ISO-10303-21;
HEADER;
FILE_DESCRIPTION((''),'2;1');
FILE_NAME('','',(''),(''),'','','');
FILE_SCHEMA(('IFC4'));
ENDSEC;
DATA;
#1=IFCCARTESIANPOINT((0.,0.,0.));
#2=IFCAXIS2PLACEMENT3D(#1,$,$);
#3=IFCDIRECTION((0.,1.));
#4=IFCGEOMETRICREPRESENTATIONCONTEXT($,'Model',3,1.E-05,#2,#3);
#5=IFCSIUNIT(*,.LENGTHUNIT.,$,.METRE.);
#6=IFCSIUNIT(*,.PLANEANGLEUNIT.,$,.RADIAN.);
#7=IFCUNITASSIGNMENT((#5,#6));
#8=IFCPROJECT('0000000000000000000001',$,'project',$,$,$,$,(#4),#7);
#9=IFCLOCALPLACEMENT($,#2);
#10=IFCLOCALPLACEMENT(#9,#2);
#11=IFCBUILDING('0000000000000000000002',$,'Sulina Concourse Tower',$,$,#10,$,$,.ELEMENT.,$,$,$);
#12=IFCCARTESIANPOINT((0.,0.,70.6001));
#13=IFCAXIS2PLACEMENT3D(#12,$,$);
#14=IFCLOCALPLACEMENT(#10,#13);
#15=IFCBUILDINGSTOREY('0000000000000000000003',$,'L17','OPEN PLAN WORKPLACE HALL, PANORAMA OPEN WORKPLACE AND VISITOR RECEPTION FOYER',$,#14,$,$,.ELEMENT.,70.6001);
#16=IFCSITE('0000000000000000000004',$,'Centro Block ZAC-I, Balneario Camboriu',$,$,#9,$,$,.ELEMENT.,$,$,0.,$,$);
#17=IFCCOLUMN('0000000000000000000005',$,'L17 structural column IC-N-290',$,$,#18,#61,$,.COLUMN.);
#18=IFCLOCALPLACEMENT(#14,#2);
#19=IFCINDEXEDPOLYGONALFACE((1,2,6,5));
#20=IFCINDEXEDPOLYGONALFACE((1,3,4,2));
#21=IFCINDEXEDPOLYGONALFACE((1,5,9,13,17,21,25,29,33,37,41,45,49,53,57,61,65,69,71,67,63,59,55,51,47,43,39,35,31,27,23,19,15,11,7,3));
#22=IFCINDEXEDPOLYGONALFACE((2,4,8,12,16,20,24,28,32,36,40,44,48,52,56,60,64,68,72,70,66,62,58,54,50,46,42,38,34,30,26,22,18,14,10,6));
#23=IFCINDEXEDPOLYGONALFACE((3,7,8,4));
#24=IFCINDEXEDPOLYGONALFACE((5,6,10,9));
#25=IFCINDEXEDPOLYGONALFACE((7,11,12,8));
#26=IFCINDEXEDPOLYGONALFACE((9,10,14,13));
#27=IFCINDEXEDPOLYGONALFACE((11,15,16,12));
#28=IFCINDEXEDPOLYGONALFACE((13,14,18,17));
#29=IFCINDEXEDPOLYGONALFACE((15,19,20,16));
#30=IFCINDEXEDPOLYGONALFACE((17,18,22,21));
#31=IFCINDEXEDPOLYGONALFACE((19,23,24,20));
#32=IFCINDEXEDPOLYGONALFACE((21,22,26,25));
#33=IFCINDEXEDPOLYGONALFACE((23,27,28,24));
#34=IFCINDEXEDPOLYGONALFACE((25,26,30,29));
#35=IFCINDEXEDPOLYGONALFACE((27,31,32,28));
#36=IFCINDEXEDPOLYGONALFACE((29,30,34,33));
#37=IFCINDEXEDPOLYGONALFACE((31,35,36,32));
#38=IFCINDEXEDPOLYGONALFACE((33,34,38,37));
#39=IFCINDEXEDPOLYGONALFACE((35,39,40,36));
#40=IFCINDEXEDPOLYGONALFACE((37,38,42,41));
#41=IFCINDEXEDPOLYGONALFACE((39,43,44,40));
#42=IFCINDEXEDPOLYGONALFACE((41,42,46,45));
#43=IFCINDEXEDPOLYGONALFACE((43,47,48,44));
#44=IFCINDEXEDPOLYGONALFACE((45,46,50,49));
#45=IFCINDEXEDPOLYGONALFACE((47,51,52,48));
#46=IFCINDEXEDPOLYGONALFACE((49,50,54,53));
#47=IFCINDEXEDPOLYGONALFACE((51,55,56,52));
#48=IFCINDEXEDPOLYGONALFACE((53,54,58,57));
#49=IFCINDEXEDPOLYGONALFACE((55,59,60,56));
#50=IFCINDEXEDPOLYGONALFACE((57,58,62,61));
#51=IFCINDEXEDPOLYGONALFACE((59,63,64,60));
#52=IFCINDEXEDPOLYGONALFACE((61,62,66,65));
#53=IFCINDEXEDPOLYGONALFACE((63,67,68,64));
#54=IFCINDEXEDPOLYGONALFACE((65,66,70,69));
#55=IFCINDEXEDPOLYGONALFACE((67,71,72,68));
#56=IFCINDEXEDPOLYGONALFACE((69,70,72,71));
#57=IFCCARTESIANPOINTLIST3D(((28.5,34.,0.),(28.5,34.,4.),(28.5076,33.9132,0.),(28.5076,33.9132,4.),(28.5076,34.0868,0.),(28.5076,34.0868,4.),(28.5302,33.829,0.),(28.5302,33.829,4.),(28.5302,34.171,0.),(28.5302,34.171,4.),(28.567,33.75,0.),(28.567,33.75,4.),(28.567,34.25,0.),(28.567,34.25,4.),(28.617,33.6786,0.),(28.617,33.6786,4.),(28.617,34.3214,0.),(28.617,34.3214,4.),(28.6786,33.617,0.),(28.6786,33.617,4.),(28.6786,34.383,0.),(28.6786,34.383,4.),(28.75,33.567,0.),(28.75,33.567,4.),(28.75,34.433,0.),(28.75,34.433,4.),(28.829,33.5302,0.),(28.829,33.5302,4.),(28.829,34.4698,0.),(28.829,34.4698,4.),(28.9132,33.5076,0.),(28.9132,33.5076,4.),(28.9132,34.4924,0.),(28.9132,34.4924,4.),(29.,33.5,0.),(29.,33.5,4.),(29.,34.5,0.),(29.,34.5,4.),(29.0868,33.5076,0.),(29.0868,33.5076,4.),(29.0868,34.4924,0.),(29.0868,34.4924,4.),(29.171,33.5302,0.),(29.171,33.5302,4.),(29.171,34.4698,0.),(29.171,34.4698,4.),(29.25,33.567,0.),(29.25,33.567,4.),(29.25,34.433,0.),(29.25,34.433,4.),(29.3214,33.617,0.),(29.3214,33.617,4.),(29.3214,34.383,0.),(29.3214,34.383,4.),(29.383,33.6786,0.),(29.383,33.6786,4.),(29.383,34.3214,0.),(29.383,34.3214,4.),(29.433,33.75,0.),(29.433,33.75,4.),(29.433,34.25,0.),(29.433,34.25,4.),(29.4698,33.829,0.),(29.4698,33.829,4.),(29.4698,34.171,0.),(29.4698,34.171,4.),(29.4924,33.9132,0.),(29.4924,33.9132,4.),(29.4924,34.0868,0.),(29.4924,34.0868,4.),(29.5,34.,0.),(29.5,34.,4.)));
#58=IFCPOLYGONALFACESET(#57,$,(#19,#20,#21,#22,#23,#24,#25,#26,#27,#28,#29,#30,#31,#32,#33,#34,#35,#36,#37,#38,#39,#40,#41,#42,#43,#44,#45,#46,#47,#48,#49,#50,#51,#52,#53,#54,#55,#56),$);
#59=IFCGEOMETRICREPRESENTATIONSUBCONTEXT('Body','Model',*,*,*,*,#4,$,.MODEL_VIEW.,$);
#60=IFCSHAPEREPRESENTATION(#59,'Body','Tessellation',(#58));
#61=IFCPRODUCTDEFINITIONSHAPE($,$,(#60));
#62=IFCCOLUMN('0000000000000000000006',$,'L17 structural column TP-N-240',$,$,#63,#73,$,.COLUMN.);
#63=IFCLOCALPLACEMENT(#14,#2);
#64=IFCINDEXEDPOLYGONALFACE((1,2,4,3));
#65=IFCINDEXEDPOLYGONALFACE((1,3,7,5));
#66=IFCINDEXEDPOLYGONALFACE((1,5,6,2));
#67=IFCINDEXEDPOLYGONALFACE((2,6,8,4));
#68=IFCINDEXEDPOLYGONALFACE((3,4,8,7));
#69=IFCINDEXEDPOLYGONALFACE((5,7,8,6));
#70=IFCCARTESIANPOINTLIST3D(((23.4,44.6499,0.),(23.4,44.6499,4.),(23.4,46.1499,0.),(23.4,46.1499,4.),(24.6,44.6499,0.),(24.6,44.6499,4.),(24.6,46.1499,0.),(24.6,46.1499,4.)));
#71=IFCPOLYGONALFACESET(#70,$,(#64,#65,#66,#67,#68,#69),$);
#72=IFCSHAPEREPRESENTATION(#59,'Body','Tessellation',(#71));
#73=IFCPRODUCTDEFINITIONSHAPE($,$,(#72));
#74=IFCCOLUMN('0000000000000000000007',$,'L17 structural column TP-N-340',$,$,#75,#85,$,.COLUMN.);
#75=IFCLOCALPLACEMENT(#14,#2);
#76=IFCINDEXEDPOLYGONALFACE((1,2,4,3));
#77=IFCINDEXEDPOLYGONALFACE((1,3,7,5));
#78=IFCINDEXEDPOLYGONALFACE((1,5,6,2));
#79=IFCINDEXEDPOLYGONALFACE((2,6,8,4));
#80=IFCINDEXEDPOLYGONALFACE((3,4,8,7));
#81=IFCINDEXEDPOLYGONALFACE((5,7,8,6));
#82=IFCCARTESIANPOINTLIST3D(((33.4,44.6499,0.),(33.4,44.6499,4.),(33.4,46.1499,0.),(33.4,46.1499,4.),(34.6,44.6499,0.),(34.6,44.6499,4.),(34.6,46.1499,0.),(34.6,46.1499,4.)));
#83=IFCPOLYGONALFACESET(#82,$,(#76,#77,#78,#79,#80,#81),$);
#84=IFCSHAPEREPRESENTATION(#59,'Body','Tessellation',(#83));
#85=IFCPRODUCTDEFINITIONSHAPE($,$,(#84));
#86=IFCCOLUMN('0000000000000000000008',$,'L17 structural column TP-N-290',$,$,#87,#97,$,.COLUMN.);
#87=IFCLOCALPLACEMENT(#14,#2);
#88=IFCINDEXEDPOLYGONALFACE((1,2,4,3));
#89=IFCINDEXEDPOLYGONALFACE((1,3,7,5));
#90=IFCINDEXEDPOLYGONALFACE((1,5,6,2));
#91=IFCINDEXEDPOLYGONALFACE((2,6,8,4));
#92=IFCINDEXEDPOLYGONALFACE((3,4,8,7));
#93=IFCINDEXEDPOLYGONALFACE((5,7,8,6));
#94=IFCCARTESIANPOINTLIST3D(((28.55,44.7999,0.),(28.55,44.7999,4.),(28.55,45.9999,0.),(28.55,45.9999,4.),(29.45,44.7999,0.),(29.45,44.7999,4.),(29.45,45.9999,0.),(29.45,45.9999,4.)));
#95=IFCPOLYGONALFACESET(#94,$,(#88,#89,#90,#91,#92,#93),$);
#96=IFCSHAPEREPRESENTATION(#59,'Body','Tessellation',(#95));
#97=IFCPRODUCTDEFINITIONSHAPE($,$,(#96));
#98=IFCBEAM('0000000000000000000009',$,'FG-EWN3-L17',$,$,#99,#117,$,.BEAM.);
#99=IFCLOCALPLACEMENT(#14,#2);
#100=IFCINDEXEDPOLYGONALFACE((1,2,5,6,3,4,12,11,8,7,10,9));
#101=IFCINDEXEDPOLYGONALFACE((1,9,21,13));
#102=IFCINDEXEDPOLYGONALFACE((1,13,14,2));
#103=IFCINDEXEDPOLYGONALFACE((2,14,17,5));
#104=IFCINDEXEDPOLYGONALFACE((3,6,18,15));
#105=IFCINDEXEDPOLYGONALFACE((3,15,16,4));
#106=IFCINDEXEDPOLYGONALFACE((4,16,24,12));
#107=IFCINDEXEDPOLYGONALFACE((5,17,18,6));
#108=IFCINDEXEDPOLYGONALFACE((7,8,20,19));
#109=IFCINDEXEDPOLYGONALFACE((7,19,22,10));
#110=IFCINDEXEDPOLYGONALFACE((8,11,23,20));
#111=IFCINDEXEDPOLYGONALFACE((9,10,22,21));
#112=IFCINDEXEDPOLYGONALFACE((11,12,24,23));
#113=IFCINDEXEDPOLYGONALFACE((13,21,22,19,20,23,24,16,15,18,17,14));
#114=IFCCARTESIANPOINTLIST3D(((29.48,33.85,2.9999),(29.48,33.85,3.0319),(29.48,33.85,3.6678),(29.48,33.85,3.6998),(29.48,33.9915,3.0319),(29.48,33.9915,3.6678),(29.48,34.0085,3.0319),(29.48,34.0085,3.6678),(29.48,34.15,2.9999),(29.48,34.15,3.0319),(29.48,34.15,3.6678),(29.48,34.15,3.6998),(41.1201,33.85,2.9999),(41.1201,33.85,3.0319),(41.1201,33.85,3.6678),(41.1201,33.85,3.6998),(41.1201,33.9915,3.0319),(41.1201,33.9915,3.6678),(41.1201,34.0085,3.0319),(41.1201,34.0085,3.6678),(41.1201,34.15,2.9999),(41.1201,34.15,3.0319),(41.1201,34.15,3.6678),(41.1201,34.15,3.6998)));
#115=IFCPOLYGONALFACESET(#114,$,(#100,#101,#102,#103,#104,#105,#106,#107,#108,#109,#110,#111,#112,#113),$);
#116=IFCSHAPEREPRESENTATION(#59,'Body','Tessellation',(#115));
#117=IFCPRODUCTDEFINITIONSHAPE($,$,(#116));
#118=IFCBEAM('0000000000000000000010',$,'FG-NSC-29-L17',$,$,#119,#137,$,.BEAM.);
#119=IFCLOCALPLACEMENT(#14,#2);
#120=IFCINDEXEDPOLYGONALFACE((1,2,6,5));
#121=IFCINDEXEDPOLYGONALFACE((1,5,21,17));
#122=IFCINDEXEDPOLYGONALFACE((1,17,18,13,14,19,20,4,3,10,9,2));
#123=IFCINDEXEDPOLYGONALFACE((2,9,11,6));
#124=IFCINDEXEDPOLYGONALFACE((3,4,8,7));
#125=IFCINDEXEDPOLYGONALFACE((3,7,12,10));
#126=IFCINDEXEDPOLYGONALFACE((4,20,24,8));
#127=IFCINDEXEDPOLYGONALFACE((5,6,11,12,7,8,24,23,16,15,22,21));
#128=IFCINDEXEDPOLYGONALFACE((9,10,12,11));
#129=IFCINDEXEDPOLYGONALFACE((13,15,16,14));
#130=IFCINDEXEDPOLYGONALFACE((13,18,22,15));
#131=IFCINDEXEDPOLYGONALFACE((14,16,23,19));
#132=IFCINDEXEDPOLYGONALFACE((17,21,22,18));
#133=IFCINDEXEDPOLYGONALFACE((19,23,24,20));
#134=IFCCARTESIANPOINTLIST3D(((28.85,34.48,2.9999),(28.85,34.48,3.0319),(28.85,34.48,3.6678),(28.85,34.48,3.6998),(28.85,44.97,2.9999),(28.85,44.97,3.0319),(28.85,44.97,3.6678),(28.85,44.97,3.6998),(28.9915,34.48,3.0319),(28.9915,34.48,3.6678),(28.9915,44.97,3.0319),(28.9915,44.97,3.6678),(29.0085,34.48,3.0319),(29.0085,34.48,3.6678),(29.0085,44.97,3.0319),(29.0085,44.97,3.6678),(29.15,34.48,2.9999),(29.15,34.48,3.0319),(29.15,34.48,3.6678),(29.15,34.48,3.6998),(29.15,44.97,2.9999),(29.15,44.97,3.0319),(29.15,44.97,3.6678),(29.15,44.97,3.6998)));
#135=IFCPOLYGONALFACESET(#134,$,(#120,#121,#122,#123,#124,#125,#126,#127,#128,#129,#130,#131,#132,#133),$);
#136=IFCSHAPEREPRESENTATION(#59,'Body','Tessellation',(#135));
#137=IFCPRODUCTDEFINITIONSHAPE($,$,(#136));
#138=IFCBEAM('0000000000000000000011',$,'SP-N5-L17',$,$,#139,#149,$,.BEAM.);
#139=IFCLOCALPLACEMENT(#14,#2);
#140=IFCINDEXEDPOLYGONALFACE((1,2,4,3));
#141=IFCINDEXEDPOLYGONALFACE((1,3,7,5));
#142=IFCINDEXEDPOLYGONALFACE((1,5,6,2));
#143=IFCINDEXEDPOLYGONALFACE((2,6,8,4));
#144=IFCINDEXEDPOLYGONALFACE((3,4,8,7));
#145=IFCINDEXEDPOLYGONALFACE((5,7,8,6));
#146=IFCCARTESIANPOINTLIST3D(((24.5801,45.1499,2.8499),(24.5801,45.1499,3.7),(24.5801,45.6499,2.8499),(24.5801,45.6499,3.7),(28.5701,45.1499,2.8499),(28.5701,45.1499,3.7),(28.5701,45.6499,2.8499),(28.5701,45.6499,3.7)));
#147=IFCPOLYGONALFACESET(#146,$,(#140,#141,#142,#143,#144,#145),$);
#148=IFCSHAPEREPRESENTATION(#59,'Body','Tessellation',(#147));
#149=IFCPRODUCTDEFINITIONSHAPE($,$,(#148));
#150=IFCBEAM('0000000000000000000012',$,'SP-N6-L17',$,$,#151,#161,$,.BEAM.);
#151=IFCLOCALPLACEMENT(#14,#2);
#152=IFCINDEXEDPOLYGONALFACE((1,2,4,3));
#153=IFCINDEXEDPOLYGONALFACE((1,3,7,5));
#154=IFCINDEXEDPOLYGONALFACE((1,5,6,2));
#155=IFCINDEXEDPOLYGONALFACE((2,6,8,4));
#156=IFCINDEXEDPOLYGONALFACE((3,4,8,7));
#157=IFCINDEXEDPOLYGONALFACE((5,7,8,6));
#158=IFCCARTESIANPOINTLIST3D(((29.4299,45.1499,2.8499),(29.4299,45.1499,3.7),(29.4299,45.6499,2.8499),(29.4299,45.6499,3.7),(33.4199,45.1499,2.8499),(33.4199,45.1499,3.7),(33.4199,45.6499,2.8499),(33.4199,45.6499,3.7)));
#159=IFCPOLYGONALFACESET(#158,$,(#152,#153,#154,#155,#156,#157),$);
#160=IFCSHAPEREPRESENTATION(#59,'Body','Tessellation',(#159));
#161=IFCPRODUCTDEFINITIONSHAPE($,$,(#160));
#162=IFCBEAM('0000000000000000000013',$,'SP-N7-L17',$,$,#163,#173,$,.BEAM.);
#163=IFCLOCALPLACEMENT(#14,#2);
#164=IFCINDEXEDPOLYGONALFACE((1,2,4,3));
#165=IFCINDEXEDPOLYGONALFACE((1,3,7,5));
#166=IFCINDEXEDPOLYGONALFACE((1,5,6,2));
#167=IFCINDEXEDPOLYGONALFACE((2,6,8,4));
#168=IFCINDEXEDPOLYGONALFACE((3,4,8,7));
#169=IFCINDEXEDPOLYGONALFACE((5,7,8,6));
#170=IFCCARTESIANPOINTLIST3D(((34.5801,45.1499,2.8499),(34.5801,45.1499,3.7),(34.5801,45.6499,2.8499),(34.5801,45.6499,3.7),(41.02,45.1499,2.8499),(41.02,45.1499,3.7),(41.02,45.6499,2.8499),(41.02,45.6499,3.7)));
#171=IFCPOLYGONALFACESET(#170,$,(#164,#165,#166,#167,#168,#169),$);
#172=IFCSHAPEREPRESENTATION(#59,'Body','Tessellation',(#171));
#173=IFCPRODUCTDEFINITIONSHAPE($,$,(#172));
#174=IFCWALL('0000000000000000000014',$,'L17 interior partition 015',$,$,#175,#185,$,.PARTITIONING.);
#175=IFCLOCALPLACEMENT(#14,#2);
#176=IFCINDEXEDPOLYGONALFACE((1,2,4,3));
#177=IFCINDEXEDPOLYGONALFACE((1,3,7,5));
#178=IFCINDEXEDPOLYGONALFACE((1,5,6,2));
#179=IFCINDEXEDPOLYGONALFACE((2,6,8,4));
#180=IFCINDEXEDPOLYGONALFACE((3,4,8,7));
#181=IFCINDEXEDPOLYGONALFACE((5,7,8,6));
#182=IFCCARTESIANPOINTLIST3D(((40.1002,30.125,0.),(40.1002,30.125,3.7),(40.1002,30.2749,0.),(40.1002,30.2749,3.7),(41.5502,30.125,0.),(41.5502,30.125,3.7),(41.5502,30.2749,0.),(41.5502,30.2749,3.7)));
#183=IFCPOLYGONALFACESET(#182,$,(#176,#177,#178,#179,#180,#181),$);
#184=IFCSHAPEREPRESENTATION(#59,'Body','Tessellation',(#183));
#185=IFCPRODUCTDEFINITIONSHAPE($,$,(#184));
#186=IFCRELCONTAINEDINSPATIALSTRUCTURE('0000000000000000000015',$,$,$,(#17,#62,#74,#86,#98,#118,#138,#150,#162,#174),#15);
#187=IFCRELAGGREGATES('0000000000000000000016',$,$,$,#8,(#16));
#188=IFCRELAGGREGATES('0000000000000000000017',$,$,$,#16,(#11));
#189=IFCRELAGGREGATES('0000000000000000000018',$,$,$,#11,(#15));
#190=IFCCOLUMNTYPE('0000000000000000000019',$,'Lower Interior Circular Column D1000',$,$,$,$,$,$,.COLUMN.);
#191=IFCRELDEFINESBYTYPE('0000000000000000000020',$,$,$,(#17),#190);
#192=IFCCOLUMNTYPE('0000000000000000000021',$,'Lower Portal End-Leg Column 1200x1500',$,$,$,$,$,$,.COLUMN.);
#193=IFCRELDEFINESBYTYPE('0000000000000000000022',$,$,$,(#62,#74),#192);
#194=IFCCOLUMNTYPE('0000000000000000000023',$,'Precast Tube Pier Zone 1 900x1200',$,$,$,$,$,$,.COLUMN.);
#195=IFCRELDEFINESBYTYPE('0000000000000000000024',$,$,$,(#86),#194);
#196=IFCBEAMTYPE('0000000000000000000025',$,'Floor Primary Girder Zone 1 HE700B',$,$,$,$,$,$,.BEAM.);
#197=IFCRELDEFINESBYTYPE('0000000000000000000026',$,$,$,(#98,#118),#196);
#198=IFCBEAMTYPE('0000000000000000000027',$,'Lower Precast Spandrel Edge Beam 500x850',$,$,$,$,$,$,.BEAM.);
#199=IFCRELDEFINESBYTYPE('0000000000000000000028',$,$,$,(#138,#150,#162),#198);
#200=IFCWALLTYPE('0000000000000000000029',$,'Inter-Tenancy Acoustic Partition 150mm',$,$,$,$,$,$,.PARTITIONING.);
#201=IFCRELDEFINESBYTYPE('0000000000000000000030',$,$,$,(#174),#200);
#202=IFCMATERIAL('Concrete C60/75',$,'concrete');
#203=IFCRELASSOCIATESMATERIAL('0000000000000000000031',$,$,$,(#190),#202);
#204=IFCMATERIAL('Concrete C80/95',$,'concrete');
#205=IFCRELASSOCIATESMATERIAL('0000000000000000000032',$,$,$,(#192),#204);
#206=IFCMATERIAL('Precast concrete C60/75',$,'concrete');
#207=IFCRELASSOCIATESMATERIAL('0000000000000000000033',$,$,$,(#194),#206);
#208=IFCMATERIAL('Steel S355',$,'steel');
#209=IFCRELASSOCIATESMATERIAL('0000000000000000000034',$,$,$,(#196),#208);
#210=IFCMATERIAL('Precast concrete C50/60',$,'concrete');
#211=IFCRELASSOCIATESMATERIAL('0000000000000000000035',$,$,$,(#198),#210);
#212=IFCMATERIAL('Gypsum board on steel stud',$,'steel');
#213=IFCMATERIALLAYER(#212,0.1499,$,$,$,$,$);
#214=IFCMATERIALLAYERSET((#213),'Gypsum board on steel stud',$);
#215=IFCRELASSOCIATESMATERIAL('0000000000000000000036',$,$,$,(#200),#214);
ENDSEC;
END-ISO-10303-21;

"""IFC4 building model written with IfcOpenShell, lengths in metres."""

from ifc_helpers import new_model, si_unit, direction, frame, frame_2d, origin, origin_2d, place, context, subcontext, project, spatial, rectangle, circle, i_section, extrude, material, layer, layer_set, material_profile, profile_set, type_object, element, save


model = new_model("IFC4")

# Units and contexts
model_context = context("Model", 3, precision=1e-05, world=origin(), true_north=direction((0.0, 1.0)))
body_context = subcontext(model_context, "Body", "Model", "MODEL_VIEW")
ifc_project = project(units=[si_unit("LENGTHUNIT", "METRE"), si_unit("PLANEANGLEUNIT", "RADIAN")], contexts=[model_context])

# Site, building, storey
site_placement = place(None, origin())
site = spatial("IfcSite", under=ifc_project, at=site_placement, Name="Centro Block ZAC-I, Balneario Camboriu", CompositionType="ELEMENT", RefElevation=0.0)
building_placement = place(site_placement, origin())
building = spatial("IfcBuilding", under=site, at=building_placement, Name="Sulina Concourse Tower", CompositionType="ELEMENT")
storey_placement = place(building_placement, frame((0.0, 0.0, 70.6001)))
storey = spatial("IfcBuildingStorey", under=building, at=storey_placement, Name="L17", Description="OPEN PLAN WORKPLACE HALL, PANORAMA OPEN WORKPLACE AND VISITOR RECEPTION FOYER", CompositionType="ELEMENT", Elevation=70.6001)

# Columns
ifc_material_1 = material(Name="Concrete C60/75", Category="concrete")
ifc_material_profile_1 = material_profile(ifc_material_1, circle(Radius=0.5, at=origin_2d()), Name="RC D1000")
ifc_profile_set_1 = profile_set([ifc_material_profile_1], Name="Concrete C60/75")
column_type_1 = type_object("IfcColumnType", Name="Lower Interior Circular Column D1000", PredefinedType="COLUMN", material=ifc_profile_set_1)
column_1_placement = place(storey_placement, frame((29.0, 34.0, 0.0), z_axis=(0.0, 0.0, 1.0), x_axis=(1.0, 0.0, 0.0)))
element("IfcColumn", 1, at=column_1_placement, inside=storey, type_object=column_type_1, Name="L17 structural column IC-N-290", PredefinedType="COLUMN", context=body_context, shape_type="SweptSolid", body=[
    extrude(circle(Radius=0.5, at=origin_2d()), origin(), (0.0, 0.0, 1.0), 4.0),
])
ifc_material_2 = material(Name="Concrete C80/95", Category="concrete")
ifc_material_profile_2 = material_profile(ifc_material_2, rectangle(XDim=1.2, YDim=1.5, at=origin_2d()), Name="RC 1200x1500")
ifc_profile_set_2 = profile_set([ifc_material_profile_2], Name="Concrete C80/95")
column_type_2 = type_object("IfcColumnType", Name="Lower Portal End-Leg Column 1200x1500", PredefinedType="COLUMN", material=ifc_profile_set_2)
for number, where, z_axis, x_axis, name in (
    (2, (24.0, 45.3999, 0.0), (0.0, 0.0, 1.0), (1.0, 0.0, 0.0), "L17 structural column TP-N-240"),
    (3, (34.0, 45.3999, 0.0), (0.0, 0.0, 1.0), (1.0, 0.0, 0.0), "L17 structural column TP-N-340"),
):
    element("IfcColumn", number, at=place(storey_placement, frame(where, z_axis=z_axis, x_axis=x_axis)), inside=storey, type_object=column_type_2, Name=name, PredefinedType="COLUMN", context=body_context, shape_type="SweptSolid", body=[
        extrude(rectangle(XDim=1.2, YDim=1.5, at=origin_2d()), origin(), (0.0, 0.0, 1.0), 4.0),
    ])
ifc_material_3 = material(Name="Precast concrete C60/75", Category="concrete")
ifc_material_profile_3 = material_profile(ifc_material_3, rectangle(XDim=0.8999, YDim=1.2, at=origin_2d()), Name="PC 900x1200")
ifc_profile_set_3 = profile_set([ifc_material_profile_3], Name="Precast concrete C60/75")
column_type_3 = type_object("IfcColumnType", Name="Precast Tube Pier Zone 1 900x1200", PredefinedType="COLUMN", material=ifc_profile_set_3)
column_2_placement = place(storey_placement, frame((29.0, 45.3999, 0.0), z_axis=(0.0, 0.0, 1.0), x_axis=(1.0, 0.0, 0.0)))
element("IfcColumn", 4, at=column_2_placement, inside=storey, type_object=column_type_3, Name="L17 structural column TP-N-290", PredefinedType="COLUMN", context=body_context, shape_type="SweptSolid", body=[
    extrude(rectangle(XDim=0.8999, YDim=1.2, at=origin_2d()), origin(), (0.0, 0.0, 1.0), 4.0),
])

# Beams
ifc_material_4 = material(Name="Steel S355", Category="steel")
ifc_material_profile_4 = material_profile(ifc_material_4, i_section(OverallWidth=0.3, OverallDepth=0.7, WebThickness=0.0171, FlangeThickness=0.032, at=origin_2d()), Name="HE 700 B")
ifc_profile_set_4 = profile_set([ifc_material_profile_4], Name="Steel S355")
beam_type_1 = type_object("IfcBeamType", Name="Floor Primary Girder Zone 1 HE700B", PredefinedType="BEAM", material=ifc_profile_set_4)
beam_1_placement = place(storey_placement, frame((29.48, 34.0, 3.3499), z_axis=(1.0, 0.0, 0.0), x_axis=(0.0, 1.0, 0.0)))
element("IfcBeam", 5, at=beam_1_placement, inside=storey, type_object=beam_type_1, Name="FG-EWN3-L17", PredefinedType="BEAM", context=body_context, shape_type="SweptSolid", body=[
    extrude(i_section(OverallWidth=0.3, OverallDepth=0.7, WebThickness=0.0171, FlangeThickness=0.032, at=origin_2d()), origin(), (0.0, 0.0, 1.0), 11.6401),
])
beam_2_placement = place(storey_placement, frame((29.0, 34.48, 3.3499), z_axis=(0.0, 1.0, 0.0), x_axis=(-1.0, 0.0, 0.0)))
element("IfcBeam", 6, at=beam_2_placement, inside=storey, type_object=beam_type_1, Name="FG-NSC-29-L17", PredefinedType="BEAM", context=body_context, shape_type="SweptSolid", body=[
    extrude(i_section(OverallWidth=0.3, OverallDepth=0.7, WebThickness=0.0171, FlangeThickness=0.032, at=origin_2d()), origin(), (0.0, 0.0, 1.0), 10.49),
])
ifc_material_5 = material(Name="Precast concrete C50/60", Category="concrete")
ifc_material_profile_5 = material_profile(ifc_material_5, rectangle(XDim=0.5, YDim=0.8501, at=origin_2d()), Name="RC 500x850")
ifc_profile_set_5 = profile_set([ifc_material_profile_5], Name="Precast concrete C50/60")
beam_type_2 = type_object("IfcBeamType", Name="Lower Precast Spandrel Edge Beam 500x850", PredefinedType="BEAM", material=ifc_profile_set_5)
for number, where, z_axis, x_axis, name in (
    (7, (24.5801, 45.3999, 3.2749), (1.0, 0.0, 0.0), (0.0, 1.0, 0.0), "SP-N5-L17"),
    (8, (29.4299, 45.3999, 3.2749), (1.0, 0.0, 0.0), (0.0, 1.0, 0.0), "SP-N6-L17"),
):
    element("IfcBeam", number, at=place(storey_placement, frame(where, z_axis=z_axis, x_axis=x_axis)), inside=storey, type_object=beam_type_2, Name=name, PredefinedType="BEAM", context=body_context, shape_type="SweptSolid", body=[
        extrude(rectangle(XDim=0.5, YDim=0.8501, at=origin_2d()), origin(), (0.0, 0.0, 1.0), 3.99),
    ])
beam_3_placement = place(storey_placement, frame((34.5801, 45.3999, 3.2749), z_axis=(1.0, 0.0, 0.0), x_axis=(0.0, 1.0, 0.0)))
element("IfcBeam", 9, at=beam_3_placement, inside=storey, type_object=beam_type_2, Name="SP-N7-L17", PredefinedType="BEAM", context=body_context, shape_type="SweptSolid", body=[
    extrude(rectangle(XDim=0.5, YDim=0.8501, at=origin_2d()), origin(), (0.0, 0.0, 1.0), 6.4399),
])

# Wall
ifc_material_6 = material(Name="Gypsum board on steel stud", Category="steel")
ifc_layer_1 = layer(ifc_material_6, 0.1499)
ifc_layer_set_1 = layer_set([ifc_layer_1], Name="Gypsum board on steel stud")
wall_type_1 = type_object("IfcWallType", Name="Inter-Tenancy Acoustic Partition 150mm", PredefinedType="PARTITIONING", material=ifc_layer_set_1)
wall_1_placement = place(storey_placement, frame((40.1001, 30.2, 0.0), z_axis=(0.0, 0.0, 1.0), x_axis=(1.0, 0.0, 0.0)))
element("IfcWall", 10, at=wall_1_placement, inside=storey, type_object=wall_type_1, Name="L17 interior partition 015", PredefinedType="PARTITIONING", context=body_context, shape_type="SweptSolid", body=[
    extrude(rectangle(XDim=1.45, YDim=0.1499, at=frame_2d((0.7251, 0.0))), origin(), (0.0, 0.0, 1.0), 3.7),
])

save(model, "model.ifc")
